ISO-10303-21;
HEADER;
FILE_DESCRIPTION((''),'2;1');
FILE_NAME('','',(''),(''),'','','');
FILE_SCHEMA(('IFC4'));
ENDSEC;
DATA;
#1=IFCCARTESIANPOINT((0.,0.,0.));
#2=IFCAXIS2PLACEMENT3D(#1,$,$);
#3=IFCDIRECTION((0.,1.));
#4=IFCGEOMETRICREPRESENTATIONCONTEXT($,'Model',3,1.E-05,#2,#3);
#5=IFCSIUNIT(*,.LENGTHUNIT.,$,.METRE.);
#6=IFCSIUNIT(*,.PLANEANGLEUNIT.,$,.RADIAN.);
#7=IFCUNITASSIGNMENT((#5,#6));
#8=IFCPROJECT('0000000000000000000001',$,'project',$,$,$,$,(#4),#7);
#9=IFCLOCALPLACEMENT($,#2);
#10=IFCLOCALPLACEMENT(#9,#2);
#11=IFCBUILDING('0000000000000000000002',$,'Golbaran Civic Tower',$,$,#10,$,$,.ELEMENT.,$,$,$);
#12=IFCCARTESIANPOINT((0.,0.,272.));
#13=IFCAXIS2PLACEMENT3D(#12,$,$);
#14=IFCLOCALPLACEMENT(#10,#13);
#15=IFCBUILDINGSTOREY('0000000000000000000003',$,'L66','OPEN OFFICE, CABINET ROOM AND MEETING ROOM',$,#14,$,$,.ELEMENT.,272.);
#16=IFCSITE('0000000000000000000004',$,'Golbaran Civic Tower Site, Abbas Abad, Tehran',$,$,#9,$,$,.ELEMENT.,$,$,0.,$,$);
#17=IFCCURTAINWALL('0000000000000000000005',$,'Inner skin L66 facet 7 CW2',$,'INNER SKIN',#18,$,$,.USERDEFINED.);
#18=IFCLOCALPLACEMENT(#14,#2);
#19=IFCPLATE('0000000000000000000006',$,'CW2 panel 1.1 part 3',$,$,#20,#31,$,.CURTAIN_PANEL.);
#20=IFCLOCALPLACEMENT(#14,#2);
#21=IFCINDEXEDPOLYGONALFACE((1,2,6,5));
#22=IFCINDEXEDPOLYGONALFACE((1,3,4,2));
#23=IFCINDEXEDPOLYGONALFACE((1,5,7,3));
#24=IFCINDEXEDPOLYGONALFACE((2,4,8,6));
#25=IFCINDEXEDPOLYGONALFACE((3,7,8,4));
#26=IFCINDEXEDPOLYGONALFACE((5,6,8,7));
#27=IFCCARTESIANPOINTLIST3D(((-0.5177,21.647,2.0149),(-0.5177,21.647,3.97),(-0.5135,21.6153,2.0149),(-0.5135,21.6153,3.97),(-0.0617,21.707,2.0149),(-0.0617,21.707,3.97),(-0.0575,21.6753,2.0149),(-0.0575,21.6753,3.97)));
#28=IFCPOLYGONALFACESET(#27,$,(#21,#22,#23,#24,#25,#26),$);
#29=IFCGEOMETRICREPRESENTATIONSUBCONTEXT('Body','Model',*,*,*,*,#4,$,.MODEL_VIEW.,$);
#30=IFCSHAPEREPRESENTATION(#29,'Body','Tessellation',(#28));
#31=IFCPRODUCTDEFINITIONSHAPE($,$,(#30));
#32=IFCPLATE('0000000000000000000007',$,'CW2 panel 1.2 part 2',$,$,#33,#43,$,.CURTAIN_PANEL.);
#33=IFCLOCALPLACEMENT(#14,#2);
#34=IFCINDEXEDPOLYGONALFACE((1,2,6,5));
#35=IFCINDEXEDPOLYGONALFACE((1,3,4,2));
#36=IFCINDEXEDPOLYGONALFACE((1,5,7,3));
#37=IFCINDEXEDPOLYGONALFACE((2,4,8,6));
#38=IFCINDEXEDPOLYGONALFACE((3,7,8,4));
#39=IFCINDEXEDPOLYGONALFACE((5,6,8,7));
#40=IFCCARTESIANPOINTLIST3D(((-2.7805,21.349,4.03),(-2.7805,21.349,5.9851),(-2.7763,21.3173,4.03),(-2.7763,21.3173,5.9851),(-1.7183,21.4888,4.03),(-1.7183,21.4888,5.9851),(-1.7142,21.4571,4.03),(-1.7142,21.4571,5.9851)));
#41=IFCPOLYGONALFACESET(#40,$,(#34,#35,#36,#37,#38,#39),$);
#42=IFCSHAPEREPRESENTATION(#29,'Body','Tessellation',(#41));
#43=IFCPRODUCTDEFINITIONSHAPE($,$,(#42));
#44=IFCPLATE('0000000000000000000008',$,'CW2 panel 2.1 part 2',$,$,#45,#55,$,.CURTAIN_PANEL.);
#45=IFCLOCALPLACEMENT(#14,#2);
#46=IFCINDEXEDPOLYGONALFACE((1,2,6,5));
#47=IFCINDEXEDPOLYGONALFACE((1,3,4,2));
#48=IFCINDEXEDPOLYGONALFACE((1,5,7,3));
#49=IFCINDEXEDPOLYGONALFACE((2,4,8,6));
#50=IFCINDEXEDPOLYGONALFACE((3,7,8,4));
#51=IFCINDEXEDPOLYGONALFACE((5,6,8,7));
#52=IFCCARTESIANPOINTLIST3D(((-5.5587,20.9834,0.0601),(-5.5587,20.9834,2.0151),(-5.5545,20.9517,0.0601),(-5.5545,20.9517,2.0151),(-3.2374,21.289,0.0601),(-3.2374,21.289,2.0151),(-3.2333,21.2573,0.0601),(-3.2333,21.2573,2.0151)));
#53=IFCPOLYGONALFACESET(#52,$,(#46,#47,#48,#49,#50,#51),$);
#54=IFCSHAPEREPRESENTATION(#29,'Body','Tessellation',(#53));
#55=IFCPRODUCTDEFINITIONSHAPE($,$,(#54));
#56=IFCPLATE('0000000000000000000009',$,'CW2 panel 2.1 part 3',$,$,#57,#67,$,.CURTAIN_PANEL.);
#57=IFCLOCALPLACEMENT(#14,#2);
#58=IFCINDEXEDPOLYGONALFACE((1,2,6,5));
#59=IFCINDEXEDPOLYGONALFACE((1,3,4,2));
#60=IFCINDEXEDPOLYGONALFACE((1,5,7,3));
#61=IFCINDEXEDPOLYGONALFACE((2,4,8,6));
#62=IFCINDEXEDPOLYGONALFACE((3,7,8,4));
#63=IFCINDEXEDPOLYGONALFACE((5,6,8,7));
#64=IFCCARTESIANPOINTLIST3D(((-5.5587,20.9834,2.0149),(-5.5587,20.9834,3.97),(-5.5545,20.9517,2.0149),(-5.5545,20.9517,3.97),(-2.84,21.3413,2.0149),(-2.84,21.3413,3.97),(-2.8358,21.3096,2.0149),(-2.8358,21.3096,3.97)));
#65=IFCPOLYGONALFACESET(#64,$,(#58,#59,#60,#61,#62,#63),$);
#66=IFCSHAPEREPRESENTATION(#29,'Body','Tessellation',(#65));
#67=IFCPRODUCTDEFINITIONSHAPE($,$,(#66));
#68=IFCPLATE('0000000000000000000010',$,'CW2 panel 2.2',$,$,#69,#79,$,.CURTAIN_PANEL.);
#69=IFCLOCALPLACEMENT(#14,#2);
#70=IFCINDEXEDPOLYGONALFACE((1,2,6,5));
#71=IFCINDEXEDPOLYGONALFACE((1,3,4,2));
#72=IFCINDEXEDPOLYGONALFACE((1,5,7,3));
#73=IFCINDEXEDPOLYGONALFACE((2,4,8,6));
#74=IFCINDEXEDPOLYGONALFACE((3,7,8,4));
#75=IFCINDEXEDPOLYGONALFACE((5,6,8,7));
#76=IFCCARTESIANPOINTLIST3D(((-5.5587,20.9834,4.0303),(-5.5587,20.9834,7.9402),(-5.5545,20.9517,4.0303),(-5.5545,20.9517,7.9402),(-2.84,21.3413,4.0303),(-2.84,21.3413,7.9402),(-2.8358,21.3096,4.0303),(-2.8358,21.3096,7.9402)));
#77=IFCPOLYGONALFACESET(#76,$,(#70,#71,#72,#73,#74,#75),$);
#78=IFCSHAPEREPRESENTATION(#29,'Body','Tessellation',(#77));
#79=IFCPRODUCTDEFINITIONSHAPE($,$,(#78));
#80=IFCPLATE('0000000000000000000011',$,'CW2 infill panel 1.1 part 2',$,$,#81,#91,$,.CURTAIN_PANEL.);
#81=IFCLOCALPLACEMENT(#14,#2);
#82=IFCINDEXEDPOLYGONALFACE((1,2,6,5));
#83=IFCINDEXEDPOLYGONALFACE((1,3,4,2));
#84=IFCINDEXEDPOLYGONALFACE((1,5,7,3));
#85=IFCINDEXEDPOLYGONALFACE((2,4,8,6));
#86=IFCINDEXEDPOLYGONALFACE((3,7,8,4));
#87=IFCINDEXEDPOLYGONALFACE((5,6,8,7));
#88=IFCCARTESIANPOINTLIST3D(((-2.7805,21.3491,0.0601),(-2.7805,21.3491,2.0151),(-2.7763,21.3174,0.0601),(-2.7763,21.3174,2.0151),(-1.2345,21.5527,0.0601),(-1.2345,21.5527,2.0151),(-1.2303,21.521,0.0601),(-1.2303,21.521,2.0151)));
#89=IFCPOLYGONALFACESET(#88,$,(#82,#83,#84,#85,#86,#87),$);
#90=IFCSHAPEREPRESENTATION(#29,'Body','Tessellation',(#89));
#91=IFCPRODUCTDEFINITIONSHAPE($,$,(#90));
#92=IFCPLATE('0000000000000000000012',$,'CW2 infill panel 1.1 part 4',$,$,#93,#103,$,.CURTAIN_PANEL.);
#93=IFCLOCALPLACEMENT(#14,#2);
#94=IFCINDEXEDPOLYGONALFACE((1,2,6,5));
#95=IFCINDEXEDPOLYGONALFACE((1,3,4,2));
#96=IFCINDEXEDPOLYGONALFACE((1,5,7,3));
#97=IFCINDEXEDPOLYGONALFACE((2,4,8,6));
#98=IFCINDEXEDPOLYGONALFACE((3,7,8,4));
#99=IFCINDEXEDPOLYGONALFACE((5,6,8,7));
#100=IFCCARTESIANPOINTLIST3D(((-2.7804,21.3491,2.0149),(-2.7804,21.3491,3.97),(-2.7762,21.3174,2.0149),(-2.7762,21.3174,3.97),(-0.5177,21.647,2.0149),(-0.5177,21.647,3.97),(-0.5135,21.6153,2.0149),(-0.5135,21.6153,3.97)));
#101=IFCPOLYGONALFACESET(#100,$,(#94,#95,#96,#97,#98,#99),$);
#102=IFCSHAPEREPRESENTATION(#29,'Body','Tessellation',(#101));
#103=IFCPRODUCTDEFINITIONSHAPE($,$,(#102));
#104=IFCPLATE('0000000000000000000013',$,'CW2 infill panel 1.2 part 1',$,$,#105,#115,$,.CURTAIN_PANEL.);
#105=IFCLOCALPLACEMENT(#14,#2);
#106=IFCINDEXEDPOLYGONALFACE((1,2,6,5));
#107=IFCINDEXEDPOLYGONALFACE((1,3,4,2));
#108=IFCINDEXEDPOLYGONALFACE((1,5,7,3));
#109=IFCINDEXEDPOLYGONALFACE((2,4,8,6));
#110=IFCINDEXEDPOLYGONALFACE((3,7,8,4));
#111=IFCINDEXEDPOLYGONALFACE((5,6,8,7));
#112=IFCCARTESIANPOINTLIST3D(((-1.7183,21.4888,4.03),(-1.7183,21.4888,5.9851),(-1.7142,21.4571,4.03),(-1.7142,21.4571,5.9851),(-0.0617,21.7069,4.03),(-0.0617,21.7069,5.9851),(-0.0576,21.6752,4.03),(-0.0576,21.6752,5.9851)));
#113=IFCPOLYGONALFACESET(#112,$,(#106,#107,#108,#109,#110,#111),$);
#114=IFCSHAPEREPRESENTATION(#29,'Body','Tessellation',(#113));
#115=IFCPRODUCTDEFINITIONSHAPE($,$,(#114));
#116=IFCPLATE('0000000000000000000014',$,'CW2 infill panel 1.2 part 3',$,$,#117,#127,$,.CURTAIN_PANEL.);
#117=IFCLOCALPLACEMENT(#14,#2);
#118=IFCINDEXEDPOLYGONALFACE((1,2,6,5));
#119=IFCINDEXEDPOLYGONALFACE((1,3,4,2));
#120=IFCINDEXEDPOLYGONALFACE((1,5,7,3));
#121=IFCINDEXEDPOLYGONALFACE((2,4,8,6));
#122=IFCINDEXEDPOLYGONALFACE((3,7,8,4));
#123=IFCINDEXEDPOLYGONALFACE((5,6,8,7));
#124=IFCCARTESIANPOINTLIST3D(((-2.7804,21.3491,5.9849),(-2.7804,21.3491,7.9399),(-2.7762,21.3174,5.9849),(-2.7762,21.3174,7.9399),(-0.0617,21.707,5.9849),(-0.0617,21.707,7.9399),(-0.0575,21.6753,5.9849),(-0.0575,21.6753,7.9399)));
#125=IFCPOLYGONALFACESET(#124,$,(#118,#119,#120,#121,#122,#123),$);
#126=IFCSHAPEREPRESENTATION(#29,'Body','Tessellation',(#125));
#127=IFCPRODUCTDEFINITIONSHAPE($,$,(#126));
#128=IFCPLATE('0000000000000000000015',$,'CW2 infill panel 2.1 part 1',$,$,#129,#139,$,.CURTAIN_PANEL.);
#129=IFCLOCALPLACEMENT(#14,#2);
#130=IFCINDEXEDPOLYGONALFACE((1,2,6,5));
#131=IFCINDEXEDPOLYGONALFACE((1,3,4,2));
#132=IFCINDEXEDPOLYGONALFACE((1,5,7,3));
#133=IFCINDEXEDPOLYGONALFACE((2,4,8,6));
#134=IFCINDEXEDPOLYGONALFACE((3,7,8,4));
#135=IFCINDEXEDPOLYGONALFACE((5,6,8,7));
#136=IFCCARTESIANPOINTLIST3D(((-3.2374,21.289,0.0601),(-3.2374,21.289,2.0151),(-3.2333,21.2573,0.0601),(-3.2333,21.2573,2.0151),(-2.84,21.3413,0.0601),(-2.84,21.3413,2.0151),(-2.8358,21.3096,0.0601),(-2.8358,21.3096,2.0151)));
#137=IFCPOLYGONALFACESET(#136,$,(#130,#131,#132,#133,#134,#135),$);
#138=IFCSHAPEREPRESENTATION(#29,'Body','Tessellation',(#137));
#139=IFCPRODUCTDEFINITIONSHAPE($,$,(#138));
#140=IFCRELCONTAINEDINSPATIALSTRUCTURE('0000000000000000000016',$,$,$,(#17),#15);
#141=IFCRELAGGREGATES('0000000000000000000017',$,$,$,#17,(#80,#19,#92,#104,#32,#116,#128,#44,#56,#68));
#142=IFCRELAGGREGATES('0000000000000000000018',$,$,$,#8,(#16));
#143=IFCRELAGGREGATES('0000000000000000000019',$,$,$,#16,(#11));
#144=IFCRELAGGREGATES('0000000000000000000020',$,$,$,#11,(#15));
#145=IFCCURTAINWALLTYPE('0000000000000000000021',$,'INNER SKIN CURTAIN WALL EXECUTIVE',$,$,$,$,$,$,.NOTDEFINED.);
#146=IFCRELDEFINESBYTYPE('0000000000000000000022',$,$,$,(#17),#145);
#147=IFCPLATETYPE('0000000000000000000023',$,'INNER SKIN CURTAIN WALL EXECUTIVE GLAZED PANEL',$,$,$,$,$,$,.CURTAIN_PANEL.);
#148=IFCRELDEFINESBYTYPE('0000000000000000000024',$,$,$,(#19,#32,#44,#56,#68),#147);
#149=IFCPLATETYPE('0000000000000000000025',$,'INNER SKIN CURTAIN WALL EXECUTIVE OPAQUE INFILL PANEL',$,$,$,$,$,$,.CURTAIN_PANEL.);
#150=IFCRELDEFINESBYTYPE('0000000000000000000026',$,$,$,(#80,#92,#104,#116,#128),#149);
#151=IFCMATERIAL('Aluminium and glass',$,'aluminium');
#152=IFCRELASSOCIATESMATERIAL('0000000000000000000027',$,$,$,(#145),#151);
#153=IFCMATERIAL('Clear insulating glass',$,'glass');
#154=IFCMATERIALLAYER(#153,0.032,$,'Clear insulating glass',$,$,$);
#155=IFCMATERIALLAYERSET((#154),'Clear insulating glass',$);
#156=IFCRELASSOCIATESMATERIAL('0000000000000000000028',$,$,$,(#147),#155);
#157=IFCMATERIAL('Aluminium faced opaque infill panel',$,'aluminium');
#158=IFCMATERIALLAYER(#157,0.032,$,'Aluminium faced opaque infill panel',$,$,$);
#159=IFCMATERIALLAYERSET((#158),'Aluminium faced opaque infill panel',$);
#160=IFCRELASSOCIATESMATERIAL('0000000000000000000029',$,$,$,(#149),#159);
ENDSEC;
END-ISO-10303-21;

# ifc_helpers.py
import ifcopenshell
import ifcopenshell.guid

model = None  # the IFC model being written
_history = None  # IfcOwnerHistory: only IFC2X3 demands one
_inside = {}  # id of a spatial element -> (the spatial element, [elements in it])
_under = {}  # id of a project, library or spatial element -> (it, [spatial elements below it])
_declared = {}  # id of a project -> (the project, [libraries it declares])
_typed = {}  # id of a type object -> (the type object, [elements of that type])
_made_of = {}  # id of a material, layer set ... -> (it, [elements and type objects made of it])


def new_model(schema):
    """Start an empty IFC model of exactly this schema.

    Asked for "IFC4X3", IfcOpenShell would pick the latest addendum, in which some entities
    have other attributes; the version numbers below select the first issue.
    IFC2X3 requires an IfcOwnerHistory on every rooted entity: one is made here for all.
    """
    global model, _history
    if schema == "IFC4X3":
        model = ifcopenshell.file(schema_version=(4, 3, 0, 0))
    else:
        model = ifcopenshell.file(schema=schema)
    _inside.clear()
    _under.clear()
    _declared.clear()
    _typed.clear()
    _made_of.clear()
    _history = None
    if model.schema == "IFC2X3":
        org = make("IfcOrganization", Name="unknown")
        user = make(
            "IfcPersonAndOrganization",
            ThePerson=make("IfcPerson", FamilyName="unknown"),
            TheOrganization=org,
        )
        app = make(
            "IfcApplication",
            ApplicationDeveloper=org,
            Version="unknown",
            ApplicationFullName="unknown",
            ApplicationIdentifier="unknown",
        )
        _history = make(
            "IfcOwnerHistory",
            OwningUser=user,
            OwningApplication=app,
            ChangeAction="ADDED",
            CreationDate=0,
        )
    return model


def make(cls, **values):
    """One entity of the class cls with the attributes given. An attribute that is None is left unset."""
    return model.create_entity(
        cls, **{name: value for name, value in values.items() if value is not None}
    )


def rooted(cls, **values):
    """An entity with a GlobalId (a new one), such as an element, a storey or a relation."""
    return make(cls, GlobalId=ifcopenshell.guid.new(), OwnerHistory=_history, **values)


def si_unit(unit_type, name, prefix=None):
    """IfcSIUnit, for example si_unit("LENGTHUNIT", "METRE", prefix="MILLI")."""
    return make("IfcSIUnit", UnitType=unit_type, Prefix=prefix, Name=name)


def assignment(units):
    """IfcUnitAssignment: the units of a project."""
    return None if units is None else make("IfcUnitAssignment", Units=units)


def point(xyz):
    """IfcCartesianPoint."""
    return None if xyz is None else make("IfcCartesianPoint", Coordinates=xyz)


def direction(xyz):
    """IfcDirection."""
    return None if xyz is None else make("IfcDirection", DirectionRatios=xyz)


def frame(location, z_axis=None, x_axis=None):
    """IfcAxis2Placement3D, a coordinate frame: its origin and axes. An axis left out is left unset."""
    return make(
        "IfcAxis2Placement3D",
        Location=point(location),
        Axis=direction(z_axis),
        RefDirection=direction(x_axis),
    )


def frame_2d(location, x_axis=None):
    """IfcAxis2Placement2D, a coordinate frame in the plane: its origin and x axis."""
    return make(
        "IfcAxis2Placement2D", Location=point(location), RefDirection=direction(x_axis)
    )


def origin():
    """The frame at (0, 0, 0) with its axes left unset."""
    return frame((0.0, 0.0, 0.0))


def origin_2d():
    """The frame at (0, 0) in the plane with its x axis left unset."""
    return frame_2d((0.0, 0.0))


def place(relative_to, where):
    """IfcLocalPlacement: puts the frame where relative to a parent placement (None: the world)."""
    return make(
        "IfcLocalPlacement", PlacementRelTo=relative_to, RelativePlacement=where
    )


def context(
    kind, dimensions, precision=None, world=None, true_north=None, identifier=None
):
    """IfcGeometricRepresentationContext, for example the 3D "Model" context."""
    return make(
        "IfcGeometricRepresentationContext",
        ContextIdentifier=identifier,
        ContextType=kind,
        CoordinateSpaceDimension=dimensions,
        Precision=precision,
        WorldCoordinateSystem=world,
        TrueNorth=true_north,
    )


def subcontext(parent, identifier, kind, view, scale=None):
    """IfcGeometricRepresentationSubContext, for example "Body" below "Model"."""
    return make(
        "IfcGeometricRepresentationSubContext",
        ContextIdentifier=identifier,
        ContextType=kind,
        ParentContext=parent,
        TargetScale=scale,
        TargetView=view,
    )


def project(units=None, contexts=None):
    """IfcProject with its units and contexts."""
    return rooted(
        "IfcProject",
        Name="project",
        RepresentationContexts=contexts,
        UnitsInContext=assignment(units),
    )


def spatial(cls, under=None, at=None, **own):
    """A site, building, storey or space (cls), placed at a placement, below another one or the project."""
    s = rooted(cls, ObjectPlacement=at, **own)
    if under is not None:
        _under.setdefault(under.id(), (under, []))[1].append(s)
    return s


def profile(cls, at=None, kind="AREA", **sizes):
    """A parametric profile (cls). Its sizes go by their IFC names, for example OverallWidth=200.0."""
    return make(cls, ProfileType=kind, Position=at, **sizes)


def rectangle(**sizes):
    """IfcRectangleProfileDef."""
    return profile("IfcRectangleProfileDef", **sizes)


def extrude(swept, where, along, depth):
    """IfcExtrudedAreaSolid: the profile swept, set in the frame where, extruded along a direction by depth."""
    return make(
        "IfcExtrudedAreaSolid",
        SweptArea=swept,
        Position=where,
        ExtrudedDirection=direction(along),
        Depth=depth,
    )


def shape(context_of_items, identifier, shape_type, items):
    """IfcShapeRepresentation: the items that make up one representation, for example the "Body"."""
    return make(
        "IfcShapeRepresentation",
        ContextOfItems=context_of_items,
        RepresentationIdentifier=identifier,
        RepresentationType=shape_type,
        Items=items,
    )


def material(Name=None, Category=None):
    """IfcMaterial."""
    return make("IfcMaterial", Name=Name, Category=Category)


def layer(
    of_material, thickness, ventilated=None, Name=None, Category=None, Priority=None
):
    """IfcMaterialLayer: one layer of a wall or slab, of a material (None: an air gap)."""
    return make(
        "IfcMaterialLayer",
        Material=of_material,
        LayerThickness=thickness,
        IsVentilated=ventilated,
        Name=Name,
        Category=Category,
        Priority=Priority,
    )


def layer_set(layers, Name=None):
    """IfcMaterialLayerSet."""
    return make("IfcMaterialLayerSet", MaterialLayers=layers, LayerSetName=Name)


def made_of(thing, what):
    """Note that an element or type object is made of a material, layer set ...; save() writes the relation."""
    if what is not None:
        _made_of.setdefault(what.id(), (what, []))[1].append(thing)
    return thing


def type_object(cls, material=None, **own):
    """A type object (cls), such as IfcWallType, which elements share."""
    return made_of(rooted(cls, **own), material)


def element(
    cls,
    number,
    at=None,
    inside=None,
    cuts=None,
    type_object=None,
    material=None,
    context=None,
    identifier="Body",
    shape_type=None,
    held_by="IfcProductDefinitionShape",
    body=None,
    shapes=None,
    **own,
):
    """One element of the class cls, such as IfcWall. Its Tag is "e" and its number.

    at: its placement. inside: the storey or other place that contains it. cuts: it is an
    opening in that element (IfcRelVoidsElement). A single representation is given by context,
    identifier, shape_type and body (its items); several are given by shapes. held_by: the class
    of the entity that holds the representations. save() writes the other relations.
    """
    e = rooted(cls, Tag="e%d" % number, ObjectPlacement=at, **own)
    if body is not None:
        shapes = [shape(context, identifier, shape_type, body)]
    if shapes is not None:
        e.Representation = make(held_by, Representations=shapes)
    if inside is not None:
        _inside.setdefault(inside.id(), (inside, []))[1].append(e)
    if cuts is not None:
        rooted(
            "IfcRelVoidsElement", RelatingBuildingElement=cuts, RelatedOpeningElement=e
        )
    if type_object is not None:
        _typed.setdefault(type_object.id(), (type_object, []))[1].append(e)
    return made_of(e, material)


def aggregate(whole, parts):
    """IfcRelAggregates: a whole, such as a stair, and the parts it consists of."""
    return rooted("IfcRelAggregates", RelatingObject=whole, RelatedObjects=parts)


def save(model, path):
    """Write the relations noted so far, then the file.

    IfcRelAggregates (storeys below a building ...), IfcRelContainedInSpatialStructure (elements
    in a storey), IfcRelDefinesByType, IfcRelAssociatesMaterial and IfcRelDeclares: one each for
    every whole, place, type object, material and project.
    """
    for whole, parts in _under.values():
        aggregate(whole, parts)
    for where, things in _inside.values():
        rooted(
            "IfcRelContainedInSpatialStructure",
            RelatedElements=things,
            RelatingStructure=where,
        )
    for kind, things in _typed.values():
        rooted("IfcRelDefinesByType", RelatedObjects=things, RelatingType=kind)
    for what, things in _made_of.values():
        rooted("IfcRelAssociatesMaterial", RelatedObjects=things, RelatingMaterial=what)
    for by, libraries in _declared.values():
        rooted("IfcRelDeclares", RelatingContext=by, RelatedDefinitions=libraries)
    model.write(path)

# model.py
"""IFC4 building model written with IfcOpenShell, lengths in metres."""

from ifc_helpers import new_model, si_unit, direction, frame, origin, origin_2d, place, context, subcontext, project, spatial, rectangle, extrude, material, layer, layer_set, type_object, element, aggregate, save


model = new_model("IFC4")

# Units and contexts
model_context = context("Model", 3, precision=1e-05, world=origin(), true_north=direction((0.0, 1.0)))
body_context = subcontext(model_context, "Body", "Model", "MODEL_VIEW")
ifc_project = project(units=[si_unit("LENGTHUNIT", "METRE"), si_unit("PLANEANGLEUNIT", "RADIAN")], contexts=[model_context])

# Site, building, storey
site_placement = place(None, origin())
site = spatial("IfcSite", under=ifc_project, at=site_placement, Name="Golbaran Civic Tower Site, Abbas Abad, Tehran", CompositionType="ELEMENT", RefElevation=0.0)
building_placement = place(site_placement, origin())
building = spatial("IfcBuilding", under=site, at=building_placement, Name="Golbaran Civic Tower", CompositionType="ELEMENT")
storey_placement = place(building_placement, frame((0.0, 0.0, 272.0)))
storey = spatial("IfcBuildingStorey", under=building, at=storey_placement, Name="L66", Description="OPEN OFFICE, CABINET ROOM AND MEETING ROOM", CompositionType="ELEMENT", Elevation=272.0)

# Curtain wall, plates
ifc_material_1 = material(Name="Aluminium and glass", Category="aluminium")
curtain_wall_type = type_object("IfcCurtainWallType", Name="INNER SKIN CURTAIN WALL EXECUTIVE", PredefinedType="NOTDEFINED", material=ifc_material_1)
curtain_wall_placement = place(storey_placement, origin())
curtain_wall = element("IfcCurtainWall", 1, at=curtain_wall_placement, inside=storey, type_object=curtain_wall_type, Name="Inner skin L66 facet 7 CW2", ObjectType="INNER SKIN", PredefinedType="USERDEFINED")
ifc_material_2 = material(Name="Clear insulating glass", Category="glass")
ifc_layer_1 = layer(ifc_material_2, 0.032, Name="Clear insulating glass")
ifc_layer_set_1 = layer_set([ifc_layer_1], Name="Clear insulating glass")
plate_type_1 = type_object("IfcPlateType", Name="INNER SKIN CURTAIN WALL EXECUTIVE GLAZED PANEL", PredefinedType="CURTAIN_PANEL", material=ifc_layer_set_1)
plate_1_placement = place(storey_placement, frame((-0.2876, 21.6611, 2.0149), z_axis=(0.0, 0.0, 1.0), x_axis=(-0.991445, -0.130526, 0.0)))
plate_1 = element("IfcPlate", 2, at=plate_1_placement, type_object=plate_type_1, Name="CW2 panel 1.1 part 3", PredefinedType="CURTAIN_PANEL", context=body_context, shape_type="SweptSolid", body=[
    extrude(rectangle(XDim=0.46, YDim=0.032, at=origin_2d()), origin(), (0.0, 0.0, 1.0), 1.9551),
])
plate_2_placement = place(storey_placement, frame((-2.2473, 21.4031, 4.03), z_axis=(0.0, 0.0, 1.0), x_axis=(-0.991445, -0.130526, 0.0)))
plate_2 = element("IfcPlate", 3, at=plate_2_placement, type_object=plate_type_1, Name="CW2 panel 1.2 part 2", PredefinedType="CURTAIN_PANEL", context=body_context, shape_type="SweptSolid", body=[
    extrude(rectangle(XDim=1.0713, YDim=0.032, at=origin_2d()), origin(), (0.0, 0.0, 1.0), 1.9551),
])
plate_3_placement = place(storey_placement, frame((-4.396, 21.1204, 0.0601), z_axis=(0.0, 0.0, 1.0), x_axis=(-0.991445, -0.130526, 0.0)))
plate_3 = element("IfcPlate", 4, at=plate_3_placement, type_object=plate_type_1, Name="CW2 panel 2.1 part 2", PredefinedType="CURTAIN_PANEL", context=body_context, shape_type="SweptSolid", body=[
    extrude(rectangle(XDim=2.3413, YDim=0.032, at=origin_2d()), origin(), (0.0, 0.0, 1.0), 1.9551),
])
plate_4_placement = place(storey_placement, frame((-4.1973, 21.1465, 2.0149), z_axis=(0.0, 0.0, 1.0), x_axis=(-0.991445, -0.130526, 0.0)))
plate_4 = element("IfcPlate", 5, at=plate_4_placement, type_object=plate_type_1, Name="CW2 panel 2.1 part 3", PredefinedType="CURTAIN_PANEL", context=body_context, shape_type="SweptSolid", body=[
    extrude(rectangle(XDim=2.7422, YDim=0.032, at=origin_2d()), origin(), (0.0, 0.0, 1.0), 1.9551),
])
plate_5_placement = place(storey_placement, frame((-4.1973, 21.1465, 4.0303), z_axis=(0.0, 0.0, 1.0), x_axis=(-0.991445, -0.130526, 0.0)))
plate_5 = element("IfcPlate", 6, at=plate_5_placement, type_object=plate_type_1, Name="CW2 panel 2.2", PredefinedType="CURTAIN_PANEL", context=body_context, shape_type="SweptSolid", body=[
    extrude(rectangle(XDim=2.7422, YDim=0.032, at=origin_2d()), origin(), (0.0, 0.0, 1.0), 3.9099),
])
ifc_material_3 = material(Name="Aluminium faced opaque infill panel", Category="aluminium")
ifc_layer_2 = layer(ifc_material_3, 0.032, Name="Aluminium faced opaque infill panel")
ifc_layer_set_2 = layer_set([ifc_layer_2], Name="Aluminium faced opaque infill panel")
plate_type_2 = type_object("IfcPlateType", Name="INNER SKIN CURTAIN WALL EXECUTIVE OPAQUE INFILL PANEL", PredefinedType="CURTAIN_PANEL", material=ifc_layer_set_2)
plate_6_placement = place(storey_placement, frame((-2.0054, 21.4351, 0.0601), z_axis=(0.0, 0.0, 1.0), x_axis=(-0.991445, -0.130526, 0.0)))
plate_6 = element("IfcPlate", 7, at=plate_6_placement, type_object=plate_type_2, Name="CW2 infill panel 1.1 part 2", PredefinedType="CURTAIN_PANEL", context=body_context, shape_type="SweptSolid", body=[
    extrude(rectangle(XDim=1.5593, YDim=0.032, at=origin_2d()), origin(), (0.0, 0.0, 1.0), 1.9551),
])
plate_7_placement = place(storey_placement, frame((-1.647, 21.4822, 2.0149), z_axis=(0.0, 0.0, 1.0), x_axis=(-0.991445, -0.130526, 0.0)))
plate_7 = element("IfcPlate", 8, at=plate_7_placement, type_object=plate_type_2, Name="CW2 infill panel 1.1 part 4", PredefinedType="CURTAIN_PANEL", context=body_context, shape_type="SweptSolid", body=[
    extrude(rectangle(XDim=2.2822, YDim=0.032, at=origin_2d()), origin(), (0.0, 0.0, 1.0), 1.9551),
])
plate_8_placement = place(storey_placement, frame((-0.8879, 21.582, 4.03), z_axis=(0.0, 0.0, 1.0), x_axis=(-0.991445, -0.130526, 0.0)))
plate_8 = element("IfcPlate", 9, at=plate_8_placement, type_object=plate_type_2, Name="CW2 infill panel 1.2 part 1", PredefinedType="CURTAIN_PANEL", context=body_context, shape_type="SweptSolid", body=[
    extrude(rectangle(XDim=1.6709, YDim=0.032, at=origin_2d()), origin(), (0.0, 0.0, 1.0), 1.9551),
])
plate_9_placement = place(storey_placement, frame((-1.4189, 21.5122, 5.9849), z_axis=(0.0, 0.0, 1.0), x_axis=(-0.991445, -0.130526, 0.0)))
plate_9 = element("IfcPlate", 10, at=plate_9_placement, type_object=plate_type_2, Name="CW2 infill panel 1.2 part 3", PredefinedType="CURTAIN_PANEL", context=body_context, shape_type="SweptSolid", body=[
    extrude(rectangle(XDim=2.7422, YDim=0.032, at=origin_2d()), origin(), (0.0, 0.0, 1.0), 1.9551),
])
plate_10_placement = place(storey_placement, frame((-3.0366, 21.2993, 0.0601), z_axis=(0.0, 0.0, 1.0), x_axis=(-0.991445, -0.130526, 0.0)))
plate_10 = element("IfcPlate", 11, at=plate_10_placement, type_object=plate_type_2, Name="CW2 infill panel 2.1 part 1", PredefinedType="CURTAIN_PANEL", context=body_context, shape_type="SweptSolid", body=[
    extrude(rectangle(XDim=0.4009, YDim=0.032, at=origin_2d()), origin(), (0.0, 0.0, 1.0), 1.9551),
])
aggregate(curtain_wall, [plate_6, plate_1, plate_7, plate_8, plate_2, plate_9, plate_10, plate_3, plate_4, plate_5])

save(model, "model.ifc")
